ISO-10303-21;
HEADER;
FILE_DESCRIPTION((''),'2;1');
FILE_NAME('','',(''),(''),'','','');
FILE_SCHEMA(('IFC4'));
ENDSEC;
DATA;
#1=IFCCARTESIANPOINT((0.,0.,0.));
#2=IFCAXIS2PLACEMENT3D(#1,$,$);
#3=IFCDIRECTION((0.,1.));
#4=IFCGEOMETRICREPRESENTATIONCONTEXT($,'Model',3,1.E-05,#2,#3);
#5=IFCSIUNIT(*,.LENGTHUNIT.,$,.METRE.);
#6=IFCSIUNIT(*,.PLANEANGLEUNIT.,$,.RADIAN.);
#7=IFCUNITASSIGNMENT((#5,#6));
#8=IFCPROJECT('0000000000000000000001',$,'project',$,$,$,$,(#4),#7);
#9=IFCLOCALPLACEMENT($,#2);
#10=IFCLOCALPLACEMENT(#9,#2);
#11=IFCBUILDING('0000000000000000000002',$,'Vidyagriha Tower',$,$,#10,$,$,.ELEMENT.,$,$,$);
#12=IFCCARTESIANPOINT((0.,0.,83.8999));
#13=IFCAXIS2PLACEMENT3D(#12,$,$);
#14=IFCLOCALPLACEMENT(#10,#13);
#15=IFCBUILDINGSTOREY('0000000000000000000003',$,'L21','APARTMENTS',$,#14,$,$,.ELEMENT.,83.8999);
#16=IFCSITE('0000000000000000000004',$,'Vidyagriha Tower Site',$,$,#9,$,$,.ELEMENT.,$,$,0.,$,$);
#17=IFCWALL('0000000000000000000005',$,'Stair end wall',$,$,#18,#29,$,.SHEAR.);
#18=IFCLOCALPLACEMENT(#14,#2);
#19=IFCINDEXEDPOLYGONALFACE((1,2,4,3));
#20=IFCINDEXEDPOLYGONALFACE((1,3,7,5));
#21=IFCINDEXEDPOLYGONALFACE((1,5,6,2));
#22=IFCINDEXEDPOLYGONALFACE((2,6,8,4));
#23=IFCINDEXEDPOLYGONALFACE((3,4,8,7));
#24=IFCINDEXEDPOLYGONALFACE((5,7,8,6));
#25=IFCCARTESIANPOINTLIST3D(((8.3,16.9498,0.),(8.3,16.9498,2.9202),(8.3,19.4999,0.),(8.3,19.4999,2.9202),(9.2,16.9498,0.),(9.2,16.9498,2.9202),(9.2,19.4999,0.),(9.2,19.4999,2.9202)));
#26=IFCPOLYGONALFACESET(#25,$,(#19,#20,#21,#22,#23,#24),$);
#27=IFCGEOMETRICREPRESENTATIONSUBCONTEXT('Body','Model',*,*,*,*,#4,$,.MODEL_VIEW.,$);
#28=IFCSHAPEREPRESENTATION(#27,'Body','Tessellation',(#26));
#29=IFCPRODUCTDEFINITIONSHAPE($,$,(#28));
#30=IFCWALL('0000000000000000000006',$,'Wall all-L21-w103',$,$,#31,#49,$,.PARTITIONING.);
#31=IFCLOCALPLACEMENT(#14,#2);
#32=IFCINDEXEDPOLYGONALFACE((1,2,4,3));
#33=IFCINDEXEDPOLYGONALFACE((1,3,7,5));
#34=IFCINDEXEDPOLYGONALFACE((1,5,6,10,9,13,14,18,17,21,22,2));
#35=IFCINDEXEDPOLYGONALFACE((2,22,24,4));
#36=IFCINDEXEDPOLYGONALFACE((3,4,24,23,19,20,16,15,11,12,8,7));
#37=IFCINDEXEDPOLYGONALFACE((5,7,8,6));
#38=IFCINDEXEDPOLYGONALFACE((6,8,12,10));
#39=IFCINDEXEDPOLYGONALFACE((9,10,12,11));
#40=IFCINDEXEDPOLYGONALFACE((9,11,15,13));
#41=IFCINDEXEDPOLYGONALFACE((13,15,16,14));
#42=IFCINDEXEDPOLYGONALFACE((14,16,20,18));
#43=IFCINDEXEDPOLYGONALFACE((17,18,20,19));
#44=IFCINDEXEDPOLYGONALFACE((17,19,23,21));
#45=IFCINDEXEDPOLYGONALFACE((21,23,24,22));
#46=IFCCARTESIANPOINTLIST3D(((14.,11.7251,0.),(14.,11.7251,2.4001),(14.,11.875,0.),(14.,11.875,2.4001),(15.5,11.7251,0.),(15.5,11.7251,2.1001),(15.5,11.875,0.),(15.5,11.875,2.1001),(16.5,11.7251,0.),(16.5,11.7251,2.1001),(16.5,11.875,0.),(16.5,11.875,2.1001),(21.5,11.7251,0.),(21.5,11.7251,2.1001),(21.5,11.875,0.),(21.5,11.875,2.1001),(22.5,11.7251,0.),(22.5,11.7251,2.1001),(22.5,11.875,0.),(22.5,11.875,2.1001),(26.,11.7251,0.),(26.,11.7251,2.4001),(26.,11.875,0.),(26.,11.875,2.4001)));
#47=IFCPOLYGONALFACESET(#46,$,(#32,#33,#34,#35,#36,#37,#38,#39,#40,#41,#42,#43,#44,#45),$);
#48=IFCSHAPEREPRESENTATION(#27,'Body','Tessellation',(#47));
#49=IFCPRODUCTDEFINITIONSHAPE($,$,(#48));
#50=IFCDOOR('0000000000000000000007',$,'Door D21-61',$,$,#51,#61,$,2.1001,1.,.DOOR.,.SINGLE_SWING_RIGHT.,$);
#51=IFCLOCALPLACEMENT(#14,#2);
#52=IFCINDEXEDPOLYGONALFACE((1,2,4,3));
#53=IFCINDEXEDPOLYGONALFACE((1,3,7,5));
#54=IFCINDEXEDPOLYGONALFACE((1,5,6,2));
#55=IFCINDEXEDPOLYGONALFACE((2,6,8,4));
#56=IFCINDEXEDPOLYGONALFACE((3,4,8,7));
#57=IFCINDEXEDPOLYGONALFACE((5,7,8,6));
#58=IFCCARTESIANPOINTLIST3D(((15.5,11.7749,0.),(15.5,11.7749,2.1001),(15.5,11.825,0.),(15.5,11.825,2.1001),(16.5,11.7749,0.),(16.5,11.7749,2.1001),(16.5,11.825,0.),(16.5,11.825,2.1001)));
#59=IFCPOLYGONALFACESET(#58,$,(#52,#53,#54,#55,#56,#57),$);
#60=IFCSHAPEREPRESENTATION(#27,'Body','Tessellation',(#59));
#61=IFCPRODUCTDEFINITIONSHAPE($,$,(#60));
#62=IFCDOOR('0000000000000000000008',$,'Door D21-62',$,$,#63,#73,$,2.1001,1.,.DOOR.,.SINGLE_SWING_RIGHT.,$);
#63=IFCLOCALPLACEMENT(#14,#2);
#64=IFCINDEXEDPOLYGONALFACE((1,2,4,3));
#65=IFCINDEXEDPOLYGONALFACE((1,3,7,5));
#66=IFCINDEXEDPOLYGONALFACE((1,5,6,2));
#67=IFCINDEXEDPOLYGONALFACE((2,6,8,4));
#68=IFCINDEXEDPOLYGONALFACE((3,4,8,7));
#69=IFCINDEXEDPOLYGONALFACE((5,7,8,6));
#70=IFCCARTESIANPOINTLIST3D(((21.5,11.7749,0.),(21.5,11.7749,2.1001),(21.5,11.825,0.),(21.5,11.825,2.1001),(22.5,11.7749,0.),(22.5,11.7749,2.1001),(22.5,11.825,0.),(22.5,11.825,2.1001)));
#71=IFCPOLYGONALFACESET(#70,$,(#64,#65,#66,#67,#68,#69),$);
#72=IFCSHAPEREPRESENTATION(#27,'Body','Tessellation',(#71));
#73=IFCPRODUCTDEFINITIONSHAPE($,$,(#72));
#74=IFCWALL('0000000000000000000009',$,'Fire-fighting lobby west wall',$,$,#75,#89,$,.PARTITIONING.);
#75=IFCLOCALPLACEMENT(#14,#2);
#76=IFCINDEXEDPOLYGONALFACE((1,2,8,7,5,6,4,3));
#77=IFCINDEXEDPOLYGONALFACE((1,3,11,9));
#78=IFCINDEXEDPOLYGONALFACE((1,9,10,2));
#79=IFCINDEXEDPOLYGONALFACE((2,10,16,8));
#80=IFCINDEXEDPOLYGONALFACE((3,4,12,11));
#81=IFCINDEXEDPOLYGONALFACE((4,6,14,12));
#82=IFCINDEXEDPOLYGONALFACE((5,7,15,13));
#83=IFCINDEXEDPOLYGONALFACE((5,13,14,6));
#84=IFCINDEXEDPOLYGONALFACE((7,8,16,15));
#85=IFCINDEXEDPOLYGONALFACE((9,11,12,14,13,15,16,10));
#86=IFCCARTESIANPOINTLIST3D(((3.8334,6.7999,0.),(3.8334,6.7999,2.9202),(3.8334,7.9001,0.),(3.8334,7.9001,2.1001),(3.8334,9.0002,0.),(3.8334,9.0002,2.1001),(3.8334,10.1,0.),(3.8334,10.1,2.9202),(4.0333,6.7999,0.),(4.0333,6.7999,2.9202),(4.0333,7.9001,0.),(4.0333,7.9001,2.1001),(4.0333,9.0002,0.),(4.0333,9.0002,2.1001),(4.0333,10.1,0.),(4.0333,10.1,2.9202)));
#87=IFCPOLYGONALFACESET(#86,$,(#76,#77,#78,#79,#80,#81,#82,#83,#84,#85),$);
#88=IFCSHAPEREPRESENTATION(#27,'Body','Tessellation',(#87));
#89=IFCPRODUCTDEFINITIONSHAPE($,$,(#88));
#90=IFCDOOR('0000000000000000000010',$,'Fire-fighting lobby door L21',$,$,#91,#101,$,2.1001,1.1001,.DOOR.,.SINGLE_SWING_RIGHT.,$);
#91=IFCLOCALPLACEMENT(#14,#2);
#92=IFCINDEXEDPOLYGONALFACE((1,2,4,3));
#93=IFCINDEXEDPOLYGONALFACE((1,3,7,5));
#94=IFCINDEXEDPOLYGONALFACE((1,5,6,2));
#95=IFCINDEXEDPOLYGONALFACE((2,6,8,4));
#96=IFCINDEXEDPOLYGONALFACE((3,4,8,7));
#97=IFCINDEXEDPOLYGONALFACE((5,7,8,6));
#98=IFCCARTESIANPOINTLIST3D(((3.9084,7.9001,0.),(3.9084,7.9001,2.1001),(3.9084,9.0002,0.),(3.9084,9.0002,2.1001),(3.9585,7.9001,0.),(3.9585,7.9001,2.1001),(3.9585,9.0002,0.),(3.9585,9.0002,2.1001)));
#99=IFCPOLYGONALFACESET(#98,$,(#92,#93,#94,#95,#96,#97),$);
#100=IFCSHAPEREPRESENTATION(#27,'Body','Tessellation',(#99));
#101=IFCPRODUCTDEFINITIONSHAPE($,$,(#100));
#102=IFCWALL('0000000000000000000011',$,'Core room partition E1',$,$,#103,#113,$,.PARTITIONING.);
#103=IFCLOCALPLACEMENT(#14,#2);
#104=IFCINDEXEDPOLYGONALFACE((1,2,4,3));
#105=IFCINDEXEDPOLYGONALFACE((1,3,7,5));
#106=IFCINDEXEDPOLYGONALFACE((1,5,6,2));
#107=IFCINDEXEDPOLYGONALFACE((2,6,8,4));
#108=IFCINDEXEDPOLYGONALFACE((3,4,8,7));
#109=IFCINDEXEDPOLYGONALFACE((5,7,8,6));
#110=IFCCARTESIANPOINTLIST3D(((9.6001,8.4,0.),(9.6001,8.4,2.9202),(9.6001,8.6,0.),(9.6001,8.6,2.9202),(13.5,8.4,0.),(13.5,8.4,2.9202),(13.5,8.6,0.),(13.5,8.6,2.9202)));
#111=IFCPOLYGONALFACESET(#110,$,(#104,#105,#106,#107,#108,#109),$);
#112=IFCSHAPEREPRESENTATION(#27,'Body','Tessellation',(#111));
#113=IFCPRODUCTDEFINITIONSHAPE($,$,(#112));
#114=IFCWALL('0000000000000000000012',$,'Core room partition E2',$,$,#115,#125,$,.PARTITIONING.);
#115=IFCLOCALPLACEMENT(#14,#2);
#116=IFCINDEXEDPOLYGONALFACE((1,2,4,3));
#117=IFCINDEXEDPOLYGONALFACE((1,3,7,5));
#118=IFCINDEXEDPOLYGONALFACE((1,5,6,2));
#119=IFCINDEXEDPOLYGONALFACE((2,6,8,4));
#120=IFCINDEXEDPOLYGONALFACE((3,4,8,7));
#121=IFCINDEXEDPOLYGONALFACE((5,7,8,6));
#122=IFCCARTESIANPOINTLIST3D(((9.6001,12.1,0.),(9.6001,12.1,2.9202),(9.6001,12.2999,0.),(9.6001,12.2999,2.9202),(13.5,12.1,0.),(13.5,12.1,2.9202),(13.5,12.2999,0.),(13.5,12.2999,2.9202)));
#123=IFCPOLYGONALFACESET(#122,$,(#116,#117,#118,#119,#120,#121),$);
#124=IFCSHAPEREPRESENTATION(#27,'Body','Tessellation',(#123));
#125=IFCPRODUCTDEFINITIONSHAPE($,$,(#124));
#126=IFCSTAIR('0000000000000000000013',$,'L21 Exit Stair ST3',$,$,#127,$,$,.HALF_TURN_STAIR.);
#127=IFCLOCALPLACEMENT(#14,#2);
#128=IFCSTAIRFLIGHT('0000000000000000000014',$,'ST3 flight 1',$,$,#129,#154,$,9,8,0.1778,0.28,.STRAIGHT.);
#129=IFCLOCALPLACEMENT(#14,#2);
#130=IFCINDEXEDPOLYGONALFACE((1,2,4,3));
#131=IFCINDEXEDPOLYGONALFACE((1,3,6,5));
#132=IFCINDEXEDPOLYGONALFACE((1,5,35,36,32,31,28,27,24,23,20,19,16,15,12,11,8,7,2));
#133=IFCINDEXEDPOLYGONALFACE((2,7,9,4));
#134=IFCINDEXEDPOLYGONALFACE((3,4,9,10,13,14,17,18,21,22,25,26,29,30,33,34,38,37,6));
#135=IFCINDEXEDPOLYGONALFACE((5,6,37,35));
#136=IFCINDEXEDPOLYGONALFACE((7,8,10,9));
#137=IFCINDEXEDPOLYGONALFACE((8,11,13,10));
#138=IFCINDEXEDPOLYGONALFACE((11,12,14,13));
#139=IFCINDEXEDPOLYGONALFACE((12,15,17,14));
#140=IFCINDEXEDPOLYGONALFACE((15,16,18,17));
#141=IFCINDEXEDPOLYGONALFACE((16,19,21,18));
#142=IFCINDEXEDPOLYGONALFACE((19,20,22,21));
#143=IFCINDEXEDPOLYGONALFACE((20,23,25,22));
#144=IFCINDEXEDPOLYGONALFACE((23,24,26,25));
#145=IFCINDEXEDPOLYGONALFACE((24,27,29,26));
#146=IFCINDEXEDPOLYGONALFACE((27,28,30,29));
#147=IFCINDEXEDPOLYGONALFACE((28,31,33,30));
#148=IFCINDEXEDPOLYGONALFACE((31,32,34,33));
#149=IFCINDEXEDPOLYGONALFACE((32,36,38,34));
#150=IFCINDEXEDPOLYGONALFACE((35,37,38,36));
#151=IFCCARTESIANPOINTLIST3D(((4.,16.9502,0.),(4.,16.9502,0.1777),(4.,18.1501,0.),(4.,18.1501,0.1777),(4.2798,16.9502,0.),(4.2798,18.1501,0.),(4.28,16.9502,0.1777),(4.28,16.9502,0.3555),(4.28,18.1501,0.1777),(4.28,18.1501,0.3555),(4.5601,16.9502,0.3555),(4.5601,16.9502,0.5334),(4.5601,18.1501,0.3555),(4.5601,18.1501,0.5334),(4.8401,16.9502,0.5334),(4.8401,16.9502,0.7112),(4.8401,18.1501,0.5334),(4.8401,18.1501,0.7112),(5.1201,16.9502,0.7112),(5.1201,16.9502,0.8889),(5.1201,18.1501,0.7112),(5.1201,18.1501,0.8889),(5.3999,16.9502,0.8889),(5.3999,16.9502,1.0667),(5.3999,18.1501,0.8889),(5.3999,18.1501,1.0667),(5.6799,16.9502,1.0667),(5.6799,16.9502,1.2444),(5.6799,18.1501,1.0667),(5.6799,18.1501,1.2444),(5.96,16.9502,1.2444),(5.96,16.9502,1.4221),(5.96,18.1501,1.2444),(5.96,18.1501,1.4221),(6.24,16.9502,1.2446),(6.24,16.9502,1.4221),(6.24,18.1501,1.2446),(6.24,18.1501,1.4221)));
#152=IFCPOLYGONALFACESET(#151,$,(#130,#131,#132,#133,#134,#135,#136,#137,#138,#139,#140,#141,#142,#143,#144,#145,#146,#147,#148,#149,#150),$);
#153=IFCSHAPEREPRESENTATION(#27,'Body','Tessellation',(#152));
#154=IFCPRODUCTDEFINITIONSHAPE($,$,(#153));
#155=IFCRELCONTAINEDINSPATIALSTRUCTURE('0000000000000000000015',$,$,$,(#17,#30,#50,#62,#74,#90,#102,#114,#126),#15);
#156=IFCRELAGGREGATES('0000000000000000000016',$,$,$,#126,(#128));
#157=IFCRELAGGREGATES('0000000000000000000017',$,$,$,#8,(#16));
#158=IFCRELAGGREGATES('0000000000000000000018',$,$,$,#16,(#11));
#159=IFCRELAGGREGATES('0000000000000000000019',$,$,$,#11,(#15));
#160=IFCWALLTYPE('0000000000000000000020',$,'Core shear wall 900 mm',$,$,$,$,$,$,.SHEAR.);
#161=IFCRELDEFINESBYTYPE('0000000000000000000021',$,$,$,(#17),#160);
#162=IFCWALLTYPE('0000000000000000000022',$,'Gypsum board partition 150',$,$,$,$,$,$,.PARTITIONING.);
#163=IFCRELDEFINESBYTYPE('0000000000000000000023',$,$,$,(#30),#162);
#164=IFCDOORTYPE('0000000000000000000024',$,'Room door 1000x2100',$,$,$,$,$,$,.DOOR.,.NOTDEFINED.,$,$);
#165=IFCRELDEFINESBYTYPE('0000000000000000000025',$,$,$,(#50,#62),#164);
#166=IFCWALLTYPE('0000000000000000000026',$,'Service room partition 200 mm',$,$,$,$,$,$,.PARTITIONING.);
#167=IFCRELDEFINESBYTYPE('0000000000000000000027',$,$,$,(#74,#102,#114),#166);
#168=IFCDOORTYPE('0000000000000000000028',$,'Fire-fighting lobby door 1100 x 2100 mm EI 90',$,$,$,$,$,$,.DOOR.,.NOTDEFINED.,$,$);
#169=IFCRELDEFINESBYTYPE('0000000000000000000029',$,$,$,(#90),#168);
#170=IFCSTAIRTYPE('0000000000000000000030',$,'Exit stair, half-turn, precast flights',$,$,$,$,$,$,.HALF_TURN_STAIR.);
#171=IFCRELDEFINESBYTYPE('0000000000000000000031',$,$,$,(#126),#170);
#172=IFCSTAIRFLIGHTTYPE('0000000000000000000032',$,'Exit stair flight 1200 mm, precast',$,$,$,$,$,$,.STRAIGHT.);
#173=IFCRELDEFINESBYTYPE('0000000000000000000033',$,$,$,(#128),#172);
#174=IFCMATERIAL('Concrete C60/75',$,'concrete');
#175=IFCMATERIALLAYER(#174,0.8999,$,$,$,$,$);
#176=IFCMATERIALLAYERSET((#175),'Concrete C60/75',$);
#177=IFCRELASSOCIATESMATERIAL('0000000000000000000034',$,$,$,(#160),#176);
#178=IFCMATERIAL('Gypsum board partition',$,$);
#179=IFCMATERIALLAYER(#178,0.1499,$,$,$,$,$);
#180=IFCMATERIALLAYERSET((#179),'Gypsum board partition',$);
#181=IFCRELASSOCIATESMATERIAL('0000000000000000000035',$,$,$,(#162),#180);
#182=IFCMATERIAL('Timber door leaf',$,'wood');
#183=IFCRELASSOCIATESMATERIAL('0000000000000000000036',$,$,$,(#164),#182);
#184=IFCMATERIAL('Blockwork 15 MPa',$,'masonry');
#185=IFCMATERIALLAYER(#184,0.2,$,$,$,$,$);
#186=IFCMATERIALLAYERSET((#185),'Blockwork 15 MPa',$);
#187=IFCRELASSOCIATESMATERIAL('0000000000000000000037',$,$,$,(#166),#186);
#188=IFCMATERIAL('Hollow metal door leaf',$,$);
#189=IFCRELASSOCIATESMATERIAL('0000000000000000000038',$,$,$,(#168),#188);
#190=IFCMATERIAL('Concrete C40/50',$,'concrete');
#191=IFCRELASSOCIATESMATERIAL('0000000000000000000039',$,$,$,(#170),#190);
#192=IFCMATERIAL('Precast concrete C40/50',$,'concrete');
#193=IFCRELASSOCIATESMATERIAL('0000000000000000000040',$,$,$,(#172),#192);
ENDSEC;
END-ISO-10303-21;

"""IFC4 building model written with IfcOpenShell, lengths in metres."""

from ifc_helpers import new_model, si_unit, direction, frame, frame_2d, origin, place, context, subcontext, project, spatial, polyline, rectangle, outline, extrude, material, layer, layer_set, type_object, element, fill, aggregate, save


model = new_model("IFC4")

# Units and contexts
model_context = context("Model", 3, precision=1e-05, world=origin(), true_north=direction((0.0, 1.0)))
body_context = subcontext(model_context, "Body", "Model", "MODEL_VIEW")
ifc_project = project(units=[si_unit("LENGTHUNIT", "METRE"), si_unit("PLANEANGLEUNIT", "RADIAN")], contexts=[model_context])

# Site, building, storey
site_placement = place(None, origin())
site = spatial("IfcSite", under=ifc_project, at=site_placement, Name="Vidyagriha Tower Site", CompositionType="ELEMENT", RefElevation=0.0)
building_placement = place(site_placement, origin())
building = spatial("IfcBuilding", under=site, at=building_placement, Name="Vidyagriha Tower", CompositionType="ELEMENT")
storey_placement = place(building_placement, frame((0.0, 0.0, 83.8999)))
storey = spatial("IfcBuildingStorey", under=building, at=storey_placement, Name="L21", Description="APARTMENTS", CompositionType="ELEMENT", Elevation=83.8999)

# Wall
ifc_material_1 = material(Name="Concrete C60/75", Category="concrete")
ifc_layer_1 = layer(ifc_material_1, 0.8999)
ifc_layer_set_1 = layer_set([ifc_layer_1], Name="Concrete C60/75")
wall_type_1 = type_object("IfcWallType", Name="Core shear wall 900 mm", PredefinedType="SHEAR", material=ifc_layer_set_1)
wall_1_placement = place(storey_placement, frame((8.75, 16.95, 0.0), z_axis=(0.0, 0.0, 1.0), x_axis=(0.0, 1.0, 0.0)))
element("IfcWall", 1, at=wall_1_placement, inside=storey, type_object=wall_type_1, Name="Stair end wall", PredefinedType="SHEAR", context=body_context, shape_type="SweptSolid", body=[
    extrude(rectangle(XDim=2.55, YDim=0.8999, at=frame_2d((1.2749, 0.0))), origin(), (0.0, 0.0, 1.0), 2.9202),
])

# Wall, openings, doors
ifc_material_2 = material(Name="Gypsum board partition")
ifc_layer_2 = layer(ifc_material_2, 0.1499)
ifc_layer_set_2 = layer_set([ifc_layer_2], Name="Gypsum board partition")
wall_type_2 = type_object("IfcWallType", Name="Gypsum board partition 150", PredefinedType="PARTITIONING", material=ifc_layer_set_2)
wall_2_placement = place(storey_placement, frame((14.0, 11.8, 0.0)))
wall_2 = element("IfcWall", 2, at=wall_2_placement, inside=storey, type_object=wall_type_2, Name="Wall all-L21-w103", PredefinedType="PARTITIONING", context=body_context, shape_type="SweptSolid", body=[
    extrude(rectangle(XDim=12.0, YDim=0.1499, at=frame_2d((6.0, 0.0))), origin(), (0.0, 0.0, 1.0), 2.4001),
])
opening_1_placement = place(wall_2_placement, frame((1.5, 0.0, 0.0)))
opening_1 = element("IfcOpeningElement", 3, at=opening_1_placement, cuts=wall_2, PredefinedType="OPENING", context=body_context, shape_type="SweptSolid", body=[
    extrude(rectangle(XDim=1.0, YDim=2.1001, at=frame_2d((0.5, 1.05))), frame((0.0, 0.085, 0.0), z_axis=(0.0, -1.0, 0.0), x_axis=(1.0, 0.0, 0.0)), (0.0, 0.0, 1.0), 0.1699),
])
opening_2_placement = place(wall_2_placement, frame((7.5, 0.0, 0.0)))
opening_2 = element("IfcOpeningElement", 4, at=opening_2_placement, cuts=wall_2, PredefinedType="OPENING", context=body_context, shape_type="SweptSolid", body=[
    extrude(rectangle(XDim=1.0, YDim=2.1001, at=frame_2d((0.5, 1.05))), frame((0.0, 0.085, 0.0), z_axis=(0.0, -1.0, 0.0), x_axis=(1.0, 0.0, 0.0)), (0.0, 0.0, 1.0), 0.1699),
])
ifc_material_3 = material(Name="Timber door leaf", Category="wood")
door_type_1 = type_object("IfcDoorType", Name="Room door 1000x2100", OperationType="NOTDEFINED", PredefinedType="DOOR", material=ifc_material_3)
door_1_placement = place(opening_1_placement, origin())
door_1 = element("IfcDoor", 5, at=door_1_placement, inside=storey, type_object=door_type_1, Name="Door D21-61", OperationType="SINGLE_SWING_RIGHT", OverallHeight=2.1001, OverallWidth=1.0, PredefinedType="DOOR", context=body_context, shape_type="SweptSolid", body=[
    extrude(rectangle(XDim=1.0, YDim=2.1001, at=frame_2d((0.5, 1.05))), frame((0.0, 0.0249, 0.0), z_axis=(0.0, -1.0, 0.0), x_axis=(1.0, 0.0, 0.0)), (0.0, 0.0, 1.0), 0.05),
])
fill(opening_1, door_1)
door_2_placement = place(opening_2_placement, origin())
door_2 = element("IfcDoor", 6, at=door_2_placement, inside=storey, type_object=door_type_1, Name="Door D21-62", OperationType="SINGLE_SWING_RIGHT", OverallHeight=2.1001, OverallWidth=1.0, PredefinedType="DOOR", context=body_context, shape_type="SweptSolid", body=[
    extrude(rectangle(XDim=1.0, YDim=2.1001, at=frame_2d((0.5, 1.05))), frame((0.0, 0.0249, 0.0), z_axis=(0.0, -1.0, 0.0), x_axis=(1.0, 0.0, 0.0)), (0.0, 0.0, 1.0), 0.05),
])
fill(opening_2, door_2)

# Wall, opening, door
ifc_material_4 = material(Name="Blockwork 15 MPa", Category="masonry")
ifc_layer_3 = layer(ifc_material_4, 0.2)
ifc_layer_set_3 = layer_set([ifc_layer_3], Name="Blockwork 15 MPa")
wall_type_3 = type_object("IfcWallType", Name="Service room partition 200 mm", PredefinedType="PARTITIONING", material=ifc_layer_set_3)
wall_3_placement = place(storey_placement, frame((3.9333, 6.8, 0.0), z_axis=(0.0, 0.0, 1.0), x_axis=(0.0, 1.0, 0.0)))
wall_3 = element("IfcWall", 7, at=wall_3_placement, inside=storey, type_object=wall_type_3, Name="Fire-fighting lobby west wall", PredefinedType="PARTITIONING", context=body_context, shape_type="SweptSolid", body=[
    extrude(rectangle(XDim=3.3, YDim=0.2, at=frame_2d((1.6499, 0.0))), origin(), (0.0, 0.0, 1.0), 2.9202),
])
opening_3_placement = place(wall_3_placement, frame((1.1001, 0.0, 0.0)))
opening_3 = element("IfcOpeningElement", 8, at=opening_3_placement, cuts=wall_3, PredefinedType="OPENING", context=body_context, shape_type="SweptSolid", body=[
    extrude(rectangle(XDim=1.1001, YDim=2.1001, at=frame_2d((0.55, 1.05))), frame((0.0, 0.1099, 0.0), z_axis=(0.0, -1.0, 0.0), x_axis=(1.0, 0.0, 0.0)), (0.0, 0.0, 1.0), 0.22),
])
ifc_material_5 = material(Name="Hollow metal door leaf")
door_type_2 = type_object("IfcDoorType", Name="Fire-fighting lobby door 1100 x 2100 mm EI 90", OperationType="NOTDEFINED", PredefinedType="DOOR", material=ifc_material_5)
door_3_placement = place(opening_3_placement, origin())
door_3 = element("IfcDoor", 9, at=door_3_placement, inside=storey, type_object=door_type_2, Name="Fire-fighting lobby door L21", OperationType="SINGLE_SWING_RIGHT", OverallHeight=2.1001, OverallWidth=1.1001, PredefinedType="DOOR", context=body_context, shape_type="SweptSolid", body=[
    extrude(rectangle(XDim=1.1001, YDim=2.1001, at=frame_2d((0.55, 1.05))), frame((0.0, 0.0249, 0.0), z_axis=(0.0, -1.0, 0.0), x_axis=(1.0, 0.0, 0.0)), (0.0, 0.0, 1.0), 0.05),
])
fill(opening_3, door_3)

# Walls
for number, where, name in (
    (10, (9.6001, 8.5, 0.0), "Core room partition E1"),
    (11, (9.6001, 12.2, 0.0), "Core room partition E2"),
):
    element("IfcWall", number, at=place(storey_placement, frame(where)), inside=storey, type_object=wall_type_3, Name=name, PredefinedType="PARTITIONING", context=body_context, shape_type="SweptSolid", body=[
        extrude(rectangle(XDim=3.8999, YDim=0.2, at=frame_2d((1.95, 0.0))), origin(), (0.0, 0.0, 1.0), 2.9202),
    ])

# Stair, stair flight
ifc_material_6 = material(Name="Concrete C40/50", Category="concrete")
stair_type = type_object("IfcStairType", Name="Exit stair, half-turn, precast flights", PredefinedType="HALF_TURN_STAIR", material=ifc_material_6)
stair_placement = place(storey_placement, origin())
stair = element("IfcStair", 12, at=stair_placement, inside=storey, type_object=stair_type, Name="L21 Exit Stair ST3", PredefinedType="HALF_TURN_STAIR")
ifc_material_7 = material(Name="Precast concrete C40/50", Category="concrete")
stair_flight_type = type_object("IfcStairFlightType", Name="Exit stair flight 1200 mm, precast", PredefinedType="STRAIGHT", material=ifc_material_7)
stair_flight_1_placement = place(storey_placement, frame((4.0, 17.55, 0.0)))
stair_flight_1 = element("IfcStairFlight", 13, at=stair_flight_1_placement, type_object=stair_flight_type, Name="ST3 flight 1", NumberOfRisers=9, NumberOfTreads=8, PredefinedType="STRAIGHT", RiserHeight=0.1778, TreadLength=0.28, context=body_context, shape_type="SweptSolid", body=[
    extrude(outline(polyline([(0.0, 0.0), (0.0, 0.1777), (0.28, 0.1777), (0.28, 0.3555), (0.5601, 0.3555), (0.5601, 0.5334), (0.8401, 0.5334), (0.8401, 0.7112), (1.1201, 0.7112), (1.1201, 0.8889), (1.3999, 0.8889), (1.3999, 1.0667), (1.6799, 1.0667), (1.6799, 1.2444), (1.96, 1.2444), (1.96, 1.4221), (2.24, 1.4221), (2.24, 1.6001), (2.24, 1.2446), (0.2798, 0.0), (0.0, 0.0)])), frame((0.0, 0.6001, 0.0), z_axis=(0.0, -1.0, 0.0), x_axis=(1.0, 0.0, 0.0)), (0.0, 0.0, 1.0), 1.2),
])
aggregate(stair, [stair_flight_1])

save(model, "model.ifc")
